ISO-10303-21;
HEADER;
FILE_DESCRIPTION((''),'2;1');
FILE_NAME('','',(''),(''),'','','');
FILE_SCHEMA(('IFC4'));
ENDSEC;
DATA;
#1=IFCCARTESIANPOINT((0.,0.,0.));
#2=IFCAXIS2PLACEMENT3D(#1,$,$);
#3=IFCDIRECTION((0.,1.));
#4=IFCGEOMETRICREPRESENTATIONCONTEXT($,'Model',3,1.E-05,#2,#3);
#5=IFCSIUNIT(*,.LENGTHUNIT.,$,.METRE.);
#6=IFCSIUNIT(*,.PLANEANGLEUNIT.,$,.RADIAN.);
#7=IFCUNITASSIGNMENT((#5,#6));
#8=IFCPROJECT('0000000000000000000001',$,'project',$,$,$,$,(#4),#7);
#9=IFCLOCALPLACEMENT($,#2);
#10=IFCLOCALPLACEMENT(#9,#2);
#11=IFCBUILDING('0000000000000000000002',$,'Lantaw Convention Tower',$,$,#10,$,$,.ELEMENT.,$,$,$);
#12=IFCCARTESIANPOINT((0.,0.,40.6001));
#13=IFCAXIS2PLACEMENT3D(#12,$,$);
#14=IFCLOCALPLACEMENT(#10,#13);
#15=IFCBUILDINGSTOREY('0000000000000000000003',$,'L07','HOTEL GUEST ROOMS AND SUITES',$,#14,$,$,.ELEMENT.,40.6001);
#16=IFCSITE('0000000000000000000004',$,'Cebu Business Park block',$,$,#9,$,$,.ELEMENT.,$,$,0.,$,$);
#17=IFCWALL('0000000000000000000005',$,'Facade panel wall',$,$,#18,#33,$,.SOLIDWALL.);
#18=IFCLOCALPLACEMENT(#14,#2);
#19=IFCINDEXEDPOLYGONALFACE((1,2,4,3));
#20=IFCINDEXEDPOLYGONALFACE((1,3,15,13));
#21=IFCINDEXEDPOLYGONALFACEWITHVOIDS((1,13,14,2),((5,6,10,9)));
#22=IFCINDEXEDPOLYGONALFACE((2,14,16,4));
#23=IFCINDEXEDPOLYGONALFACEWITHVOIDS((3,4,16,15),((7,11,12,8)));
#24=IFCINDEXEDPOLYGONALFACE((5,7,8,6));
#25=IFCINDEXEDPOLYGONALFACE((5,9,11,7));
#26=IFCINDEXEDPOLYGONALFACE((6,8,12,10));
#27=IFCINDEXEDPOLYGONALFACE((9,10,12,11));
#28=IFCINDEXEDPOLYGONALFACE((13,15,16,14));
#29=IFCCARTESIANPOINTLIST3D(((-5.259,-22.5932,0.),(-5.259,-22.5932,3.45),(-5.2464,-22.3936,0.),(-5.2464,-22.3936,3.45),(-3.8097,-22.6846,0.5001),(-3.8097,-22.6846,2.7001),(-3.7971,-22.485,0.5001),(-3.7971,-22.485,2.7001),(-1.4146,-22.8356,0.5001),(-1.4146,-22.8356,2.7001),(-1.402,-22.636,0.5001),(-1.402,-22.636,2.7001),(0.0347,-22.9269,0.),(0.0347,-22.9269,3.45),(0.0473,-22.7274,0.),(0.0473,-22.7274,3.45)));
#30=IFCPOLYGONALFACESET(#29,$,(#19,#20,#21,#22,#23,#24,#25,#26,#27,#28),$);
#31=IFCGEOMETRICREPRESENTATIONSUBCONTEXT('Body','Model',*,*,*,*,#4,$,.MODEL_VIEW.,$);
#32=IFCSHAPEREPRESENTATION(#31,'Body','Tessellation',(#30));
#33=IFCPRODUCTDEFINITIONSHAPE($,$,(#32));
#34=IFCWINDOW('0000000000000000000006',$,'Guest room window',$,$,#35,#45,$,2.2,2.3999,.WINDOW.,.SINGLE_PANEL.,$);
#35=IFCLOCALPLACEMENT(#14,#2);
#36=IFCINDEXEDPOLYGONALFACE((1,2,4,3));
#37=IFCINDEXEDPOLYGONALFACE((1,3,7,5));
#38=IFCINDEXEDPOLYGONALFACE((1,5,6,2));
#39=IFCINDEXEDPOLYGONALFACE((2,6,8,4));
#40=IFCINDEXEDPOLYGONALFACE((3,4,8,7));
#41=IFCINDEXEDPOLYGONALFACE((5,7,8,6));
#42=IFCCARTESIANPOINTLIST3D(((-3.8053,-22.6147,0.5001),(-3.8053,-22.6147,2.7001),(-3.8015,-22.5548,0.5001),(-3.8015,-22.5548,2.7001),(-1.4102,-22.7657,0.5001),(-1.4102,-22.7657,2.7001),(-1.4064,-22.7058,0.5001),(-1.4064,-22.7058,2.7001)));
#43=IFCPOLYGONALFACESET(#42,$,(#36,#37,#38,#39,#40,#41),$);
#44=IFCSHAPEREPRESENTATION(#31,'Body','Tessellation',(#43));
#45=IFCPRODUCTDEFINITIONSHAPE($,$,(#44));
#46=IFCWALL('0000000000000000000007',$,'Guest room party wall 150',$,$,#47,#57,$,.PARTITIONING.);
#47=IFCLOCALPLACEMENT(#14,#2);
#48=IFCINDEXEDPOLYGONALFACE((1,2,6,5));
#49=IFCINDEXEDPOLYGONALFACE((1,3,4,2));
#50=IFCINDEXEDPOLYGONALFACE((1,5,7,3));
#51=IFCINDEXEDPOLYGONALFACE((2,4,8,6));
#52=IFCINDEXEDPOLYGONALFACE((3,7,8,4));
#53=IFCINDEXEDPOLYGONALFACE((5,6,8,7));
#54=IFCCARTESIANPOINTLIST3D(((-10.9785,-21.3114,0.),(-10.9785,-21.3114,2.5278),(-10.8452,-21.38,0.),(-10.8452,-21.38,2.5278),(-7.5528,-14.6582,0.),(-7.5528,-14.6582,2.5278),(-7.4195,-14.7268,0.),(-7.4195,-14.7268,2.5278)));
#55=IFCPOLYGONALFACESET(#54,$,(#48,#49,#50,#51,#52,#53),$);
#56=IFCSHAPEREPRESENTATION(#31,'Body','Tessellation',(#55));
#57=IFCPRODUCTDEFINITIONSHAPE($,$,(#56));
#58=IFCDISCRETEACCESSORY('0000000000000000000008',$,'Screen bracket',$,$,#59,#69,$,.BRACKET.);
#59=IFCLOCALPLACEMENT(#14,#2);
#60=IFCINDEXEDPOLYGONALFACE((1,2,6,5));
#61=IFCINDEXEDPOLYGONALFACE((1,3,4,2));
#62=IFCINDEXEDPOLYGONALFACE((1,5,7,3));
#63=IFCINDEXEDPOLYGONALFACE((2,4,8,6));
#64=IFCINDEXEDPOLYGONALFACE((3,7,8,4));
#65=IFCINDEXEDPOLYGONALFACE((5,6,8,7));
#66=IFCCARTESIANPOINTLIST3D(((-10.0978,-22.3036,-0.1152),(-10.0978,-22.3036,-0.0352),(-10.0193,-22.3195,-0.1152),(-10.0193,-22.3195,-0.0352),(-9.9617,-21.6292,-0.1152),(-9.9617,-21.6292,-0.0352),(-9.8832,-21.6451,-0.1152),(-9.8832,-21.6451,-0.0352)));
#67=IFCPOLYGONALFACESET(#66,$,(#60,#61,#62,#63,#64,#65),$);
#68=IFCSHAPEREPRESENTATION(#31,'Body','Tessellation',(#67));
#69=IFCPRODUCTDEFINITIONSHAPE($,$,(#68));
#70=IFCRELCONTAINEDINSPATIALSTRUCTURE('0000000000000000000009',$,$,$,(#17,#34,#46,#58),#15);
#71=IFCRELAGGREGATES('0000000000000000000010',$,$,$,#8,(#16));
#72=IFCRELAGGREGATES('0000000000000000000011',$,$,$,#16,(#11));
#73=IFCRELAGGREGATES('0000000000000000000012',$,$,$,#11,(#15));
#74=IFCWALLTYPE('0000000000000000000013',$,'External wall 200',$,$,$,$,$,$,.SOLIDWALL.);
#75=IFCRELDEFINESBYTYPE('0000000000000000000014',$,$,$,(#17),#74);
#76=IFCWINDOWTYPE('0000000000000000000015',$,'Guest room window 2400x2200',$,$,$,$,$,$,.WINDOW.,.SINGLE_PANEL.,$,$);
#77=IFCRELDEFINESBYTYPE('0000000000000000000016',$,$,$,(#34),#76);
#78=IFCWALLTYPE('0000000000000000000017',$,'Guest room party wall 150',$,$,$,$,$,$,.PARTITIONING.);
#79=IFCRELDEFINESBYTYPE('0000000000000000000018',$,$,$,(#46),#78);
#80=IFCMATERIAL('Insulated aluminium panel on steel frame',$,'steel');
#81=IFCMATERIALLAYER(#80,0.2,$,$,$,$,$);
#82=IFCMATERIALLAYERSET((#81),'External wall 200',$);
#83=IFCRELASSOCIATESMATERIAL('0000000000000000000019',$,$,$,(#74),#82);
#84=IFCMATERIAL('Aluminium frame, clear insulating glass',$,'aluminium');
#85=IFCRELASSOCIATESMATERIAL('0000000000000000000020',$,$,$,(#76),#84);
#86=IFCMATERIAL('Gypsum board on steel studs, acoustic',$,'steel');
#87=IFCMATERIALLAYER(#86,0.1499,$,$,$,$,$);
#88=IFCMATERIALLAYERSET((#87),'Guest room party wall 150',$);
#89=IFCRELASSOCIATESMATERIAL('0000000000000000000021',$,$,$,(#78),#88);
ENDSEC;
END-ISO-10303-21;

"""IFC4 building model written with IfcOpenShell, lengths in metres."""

from ifc_helpers import new_model, si_unit, direction, frame, frame_2d, origin, origin_2d, place, context, subcontext, project, spatial, rectangle, extrude, material, layer, layer_set, type_object, element, fill, save


model = new_model("IFC4")

# Units and contexts
model_context = context("Model", 3, precision=1e-05, world=origin(), true_north=direction((0.0, 1.0)))
body_context = subcontext(model_context, "Body", "Model", "MODEL_VIEW")
ifc_project = project(units=[si_unit("LENGTHUNIT", "METRE"), si_unit("PLANEANGLEUNIT", "RADIAN")], contexts=[model_context])

# Site, building, storey
site_placement = place(None, origin())
site = spatial("IfcSite", under=ifc_project, at=site_placement, Name="Cebu Business Park block", CompositionType="ELEMENT", RefElevation=0.0)
building_placement = place(site_placement, origin())
building = spatial("IfcBuilding", under=site, at=building_placement, Name="Lantaw Convention Tower", CompositionType="ELEMENT")
storey_placement = place(building_placement, frame((0.0, 0.0, 40.6001)))
storey = spatial("IfcBuildingStorey", under=building, at=storey_placement, Name="L07", Description="HOTEL GUEST ROOMS AND SUITES", CompositionType="ELEMENT", Elevation=40.6001)

# Wall, opening, window
ifc_material_1 = material(Name="Insulated aluminium panel on steel frame", Category="steel")
ifc_layer_1 = layer(ifc_material_1, 0.2)
ifc_layer_set_1 = layer_set([ifc_layer_1], Name="External wall 200")
wall_type_1 = type_object("IfcWallType", Name="External wall 200", PredefinedType="SOLIDWALL", material=ifc_layer_set_1)
ifc_material_2 = material(Name="Aluminium frame, clear insulating glass", Category="aluminium")
window_type = type_object("IfcWindowType", Name="Guest room window 2400x2200", PartitioningType="SINGLE_PANEL", PredefinedType="WINDOW", material=ifc_material_2)
wall_1_placement = place(storey_placement, frame((-5.2527, -22.4934, 0.0), z_axis=(0.0, 0.0, 1.0), x_axis=(0.998019, -0.06292, 0.0)))
wall_1 = element("IfcWall", 1, at=wall_1_placement, inside=storey, type_object=wall_type_1, Name="Facade panel wall", PredefinedType="SOLIDWALL", context=body_context, shape_type="SweptSolid", body=[
    extrude(rectangle(XDim=5.3042, YDim=0.2, at=frame_2d((2.6521, 0.0))), origin(), (0.0, 0.0, 1.0), 3.45),
])
opening_1_placement = place(wall_1_placement, frame((1.4521, 0.0, 0.5)))
opening_1 = element("IfcOpeningElement", 2, at=opening_1_placement, cuts=wall_1, PredefinedType="OPENING", context=body_context, shape_type="SweptSolid", body=[
    extrude(rectangle(XDim=2.3999, YDim=2.2, at=frame_2d((1.2, 1.1001))), frame((0.0, 0.1099, 0.0), z_axis=(0.0, -1.0, 0.0), x_axis=(1.0, 0.0, 0.0)), (0.0, 0.0, 1.0), 0.22),
])
window_1_placement = place(opening_1_placement, origin())
window_1 = element("IfcWindow", 3, at=window_1_placement, inside=storey, type_object=window_type, Name="Guest room window", OverallHeight=2.2, OverallWidth=2.3999, PartitioningType="SINGLE_PANEL", PredefinedType="WINDOW", context=body_context, shape_type="SweptSolid", body=[
    extrude(rectangle(XDim=2.3999, YDim=2.2, at=frame_2d((1.2, 1.1001))), frame((0.0, 0.03, 0.0), z_axis=(0.0, -1.0, 0.0), x_axis=(1.0, 0.0, 0.0)), (0.0, 0.0, 1.0), 0.0601),
])
fill(opening_1, window_1)

# Wall
ifc_material_3 = material(Name="Gypsum board on steel studs, acoustic", Category="steel")
ifc_layer_2 = layer(ifc_material_3, 0.1499)
ifc_layer_set_2 = layer_set([ifc_layer_2], Name="Guest room party wall 150")
wall_type_2 = type_object("IfcWallType", Name="Guest room party wall 150", PredefinedType="PARTITIONING", material=ifc_layer_set_2)
wall_2_placement = place(storey_placement, frame((-10.9119, -21.3457, 0.0), z_axis=(0.0, 0.0, 1.0), x_axis=(0.457778, 0.889066, 0.0)))
element("IfcWall", 4, at=wall_2_placement, inside=storey, type_object=wall_type_2, Name="Guest room party wall 150", PredefinedType="PARTITIONING", context=body_context, shape_type="SweptSolid", body=[
    extrude(rectangle(XDim=7.4834, YDim=0.1499, at=frame_2d((3.7417, 0.0))), origin(), (0.0, 0.0, 1.0), 2.5278),
])

# Discrete accessory
discrete_accessory_placement = place(storey_placement, frame((-9.9905, -21.9744, -0.1152), z_axis=(0.0, 0.0, 1.0), x_axis=(0.980245, -0.197789, 0.0)))
element("IfcDiscreteAccessory", 5, at=discrete_accessory_placement, inside=storey, Name="Screen bracket", PredefinedType="BRACKET", context=body_context, shape_type="SweptSolid", body=[
    extrude(rectangle(XDim=0.0801, YDim=0.688, at=origin_2d()), origin(), (0.0, 0.0, 1.0), 0.0801),
])

save(model, "model.ifc")
